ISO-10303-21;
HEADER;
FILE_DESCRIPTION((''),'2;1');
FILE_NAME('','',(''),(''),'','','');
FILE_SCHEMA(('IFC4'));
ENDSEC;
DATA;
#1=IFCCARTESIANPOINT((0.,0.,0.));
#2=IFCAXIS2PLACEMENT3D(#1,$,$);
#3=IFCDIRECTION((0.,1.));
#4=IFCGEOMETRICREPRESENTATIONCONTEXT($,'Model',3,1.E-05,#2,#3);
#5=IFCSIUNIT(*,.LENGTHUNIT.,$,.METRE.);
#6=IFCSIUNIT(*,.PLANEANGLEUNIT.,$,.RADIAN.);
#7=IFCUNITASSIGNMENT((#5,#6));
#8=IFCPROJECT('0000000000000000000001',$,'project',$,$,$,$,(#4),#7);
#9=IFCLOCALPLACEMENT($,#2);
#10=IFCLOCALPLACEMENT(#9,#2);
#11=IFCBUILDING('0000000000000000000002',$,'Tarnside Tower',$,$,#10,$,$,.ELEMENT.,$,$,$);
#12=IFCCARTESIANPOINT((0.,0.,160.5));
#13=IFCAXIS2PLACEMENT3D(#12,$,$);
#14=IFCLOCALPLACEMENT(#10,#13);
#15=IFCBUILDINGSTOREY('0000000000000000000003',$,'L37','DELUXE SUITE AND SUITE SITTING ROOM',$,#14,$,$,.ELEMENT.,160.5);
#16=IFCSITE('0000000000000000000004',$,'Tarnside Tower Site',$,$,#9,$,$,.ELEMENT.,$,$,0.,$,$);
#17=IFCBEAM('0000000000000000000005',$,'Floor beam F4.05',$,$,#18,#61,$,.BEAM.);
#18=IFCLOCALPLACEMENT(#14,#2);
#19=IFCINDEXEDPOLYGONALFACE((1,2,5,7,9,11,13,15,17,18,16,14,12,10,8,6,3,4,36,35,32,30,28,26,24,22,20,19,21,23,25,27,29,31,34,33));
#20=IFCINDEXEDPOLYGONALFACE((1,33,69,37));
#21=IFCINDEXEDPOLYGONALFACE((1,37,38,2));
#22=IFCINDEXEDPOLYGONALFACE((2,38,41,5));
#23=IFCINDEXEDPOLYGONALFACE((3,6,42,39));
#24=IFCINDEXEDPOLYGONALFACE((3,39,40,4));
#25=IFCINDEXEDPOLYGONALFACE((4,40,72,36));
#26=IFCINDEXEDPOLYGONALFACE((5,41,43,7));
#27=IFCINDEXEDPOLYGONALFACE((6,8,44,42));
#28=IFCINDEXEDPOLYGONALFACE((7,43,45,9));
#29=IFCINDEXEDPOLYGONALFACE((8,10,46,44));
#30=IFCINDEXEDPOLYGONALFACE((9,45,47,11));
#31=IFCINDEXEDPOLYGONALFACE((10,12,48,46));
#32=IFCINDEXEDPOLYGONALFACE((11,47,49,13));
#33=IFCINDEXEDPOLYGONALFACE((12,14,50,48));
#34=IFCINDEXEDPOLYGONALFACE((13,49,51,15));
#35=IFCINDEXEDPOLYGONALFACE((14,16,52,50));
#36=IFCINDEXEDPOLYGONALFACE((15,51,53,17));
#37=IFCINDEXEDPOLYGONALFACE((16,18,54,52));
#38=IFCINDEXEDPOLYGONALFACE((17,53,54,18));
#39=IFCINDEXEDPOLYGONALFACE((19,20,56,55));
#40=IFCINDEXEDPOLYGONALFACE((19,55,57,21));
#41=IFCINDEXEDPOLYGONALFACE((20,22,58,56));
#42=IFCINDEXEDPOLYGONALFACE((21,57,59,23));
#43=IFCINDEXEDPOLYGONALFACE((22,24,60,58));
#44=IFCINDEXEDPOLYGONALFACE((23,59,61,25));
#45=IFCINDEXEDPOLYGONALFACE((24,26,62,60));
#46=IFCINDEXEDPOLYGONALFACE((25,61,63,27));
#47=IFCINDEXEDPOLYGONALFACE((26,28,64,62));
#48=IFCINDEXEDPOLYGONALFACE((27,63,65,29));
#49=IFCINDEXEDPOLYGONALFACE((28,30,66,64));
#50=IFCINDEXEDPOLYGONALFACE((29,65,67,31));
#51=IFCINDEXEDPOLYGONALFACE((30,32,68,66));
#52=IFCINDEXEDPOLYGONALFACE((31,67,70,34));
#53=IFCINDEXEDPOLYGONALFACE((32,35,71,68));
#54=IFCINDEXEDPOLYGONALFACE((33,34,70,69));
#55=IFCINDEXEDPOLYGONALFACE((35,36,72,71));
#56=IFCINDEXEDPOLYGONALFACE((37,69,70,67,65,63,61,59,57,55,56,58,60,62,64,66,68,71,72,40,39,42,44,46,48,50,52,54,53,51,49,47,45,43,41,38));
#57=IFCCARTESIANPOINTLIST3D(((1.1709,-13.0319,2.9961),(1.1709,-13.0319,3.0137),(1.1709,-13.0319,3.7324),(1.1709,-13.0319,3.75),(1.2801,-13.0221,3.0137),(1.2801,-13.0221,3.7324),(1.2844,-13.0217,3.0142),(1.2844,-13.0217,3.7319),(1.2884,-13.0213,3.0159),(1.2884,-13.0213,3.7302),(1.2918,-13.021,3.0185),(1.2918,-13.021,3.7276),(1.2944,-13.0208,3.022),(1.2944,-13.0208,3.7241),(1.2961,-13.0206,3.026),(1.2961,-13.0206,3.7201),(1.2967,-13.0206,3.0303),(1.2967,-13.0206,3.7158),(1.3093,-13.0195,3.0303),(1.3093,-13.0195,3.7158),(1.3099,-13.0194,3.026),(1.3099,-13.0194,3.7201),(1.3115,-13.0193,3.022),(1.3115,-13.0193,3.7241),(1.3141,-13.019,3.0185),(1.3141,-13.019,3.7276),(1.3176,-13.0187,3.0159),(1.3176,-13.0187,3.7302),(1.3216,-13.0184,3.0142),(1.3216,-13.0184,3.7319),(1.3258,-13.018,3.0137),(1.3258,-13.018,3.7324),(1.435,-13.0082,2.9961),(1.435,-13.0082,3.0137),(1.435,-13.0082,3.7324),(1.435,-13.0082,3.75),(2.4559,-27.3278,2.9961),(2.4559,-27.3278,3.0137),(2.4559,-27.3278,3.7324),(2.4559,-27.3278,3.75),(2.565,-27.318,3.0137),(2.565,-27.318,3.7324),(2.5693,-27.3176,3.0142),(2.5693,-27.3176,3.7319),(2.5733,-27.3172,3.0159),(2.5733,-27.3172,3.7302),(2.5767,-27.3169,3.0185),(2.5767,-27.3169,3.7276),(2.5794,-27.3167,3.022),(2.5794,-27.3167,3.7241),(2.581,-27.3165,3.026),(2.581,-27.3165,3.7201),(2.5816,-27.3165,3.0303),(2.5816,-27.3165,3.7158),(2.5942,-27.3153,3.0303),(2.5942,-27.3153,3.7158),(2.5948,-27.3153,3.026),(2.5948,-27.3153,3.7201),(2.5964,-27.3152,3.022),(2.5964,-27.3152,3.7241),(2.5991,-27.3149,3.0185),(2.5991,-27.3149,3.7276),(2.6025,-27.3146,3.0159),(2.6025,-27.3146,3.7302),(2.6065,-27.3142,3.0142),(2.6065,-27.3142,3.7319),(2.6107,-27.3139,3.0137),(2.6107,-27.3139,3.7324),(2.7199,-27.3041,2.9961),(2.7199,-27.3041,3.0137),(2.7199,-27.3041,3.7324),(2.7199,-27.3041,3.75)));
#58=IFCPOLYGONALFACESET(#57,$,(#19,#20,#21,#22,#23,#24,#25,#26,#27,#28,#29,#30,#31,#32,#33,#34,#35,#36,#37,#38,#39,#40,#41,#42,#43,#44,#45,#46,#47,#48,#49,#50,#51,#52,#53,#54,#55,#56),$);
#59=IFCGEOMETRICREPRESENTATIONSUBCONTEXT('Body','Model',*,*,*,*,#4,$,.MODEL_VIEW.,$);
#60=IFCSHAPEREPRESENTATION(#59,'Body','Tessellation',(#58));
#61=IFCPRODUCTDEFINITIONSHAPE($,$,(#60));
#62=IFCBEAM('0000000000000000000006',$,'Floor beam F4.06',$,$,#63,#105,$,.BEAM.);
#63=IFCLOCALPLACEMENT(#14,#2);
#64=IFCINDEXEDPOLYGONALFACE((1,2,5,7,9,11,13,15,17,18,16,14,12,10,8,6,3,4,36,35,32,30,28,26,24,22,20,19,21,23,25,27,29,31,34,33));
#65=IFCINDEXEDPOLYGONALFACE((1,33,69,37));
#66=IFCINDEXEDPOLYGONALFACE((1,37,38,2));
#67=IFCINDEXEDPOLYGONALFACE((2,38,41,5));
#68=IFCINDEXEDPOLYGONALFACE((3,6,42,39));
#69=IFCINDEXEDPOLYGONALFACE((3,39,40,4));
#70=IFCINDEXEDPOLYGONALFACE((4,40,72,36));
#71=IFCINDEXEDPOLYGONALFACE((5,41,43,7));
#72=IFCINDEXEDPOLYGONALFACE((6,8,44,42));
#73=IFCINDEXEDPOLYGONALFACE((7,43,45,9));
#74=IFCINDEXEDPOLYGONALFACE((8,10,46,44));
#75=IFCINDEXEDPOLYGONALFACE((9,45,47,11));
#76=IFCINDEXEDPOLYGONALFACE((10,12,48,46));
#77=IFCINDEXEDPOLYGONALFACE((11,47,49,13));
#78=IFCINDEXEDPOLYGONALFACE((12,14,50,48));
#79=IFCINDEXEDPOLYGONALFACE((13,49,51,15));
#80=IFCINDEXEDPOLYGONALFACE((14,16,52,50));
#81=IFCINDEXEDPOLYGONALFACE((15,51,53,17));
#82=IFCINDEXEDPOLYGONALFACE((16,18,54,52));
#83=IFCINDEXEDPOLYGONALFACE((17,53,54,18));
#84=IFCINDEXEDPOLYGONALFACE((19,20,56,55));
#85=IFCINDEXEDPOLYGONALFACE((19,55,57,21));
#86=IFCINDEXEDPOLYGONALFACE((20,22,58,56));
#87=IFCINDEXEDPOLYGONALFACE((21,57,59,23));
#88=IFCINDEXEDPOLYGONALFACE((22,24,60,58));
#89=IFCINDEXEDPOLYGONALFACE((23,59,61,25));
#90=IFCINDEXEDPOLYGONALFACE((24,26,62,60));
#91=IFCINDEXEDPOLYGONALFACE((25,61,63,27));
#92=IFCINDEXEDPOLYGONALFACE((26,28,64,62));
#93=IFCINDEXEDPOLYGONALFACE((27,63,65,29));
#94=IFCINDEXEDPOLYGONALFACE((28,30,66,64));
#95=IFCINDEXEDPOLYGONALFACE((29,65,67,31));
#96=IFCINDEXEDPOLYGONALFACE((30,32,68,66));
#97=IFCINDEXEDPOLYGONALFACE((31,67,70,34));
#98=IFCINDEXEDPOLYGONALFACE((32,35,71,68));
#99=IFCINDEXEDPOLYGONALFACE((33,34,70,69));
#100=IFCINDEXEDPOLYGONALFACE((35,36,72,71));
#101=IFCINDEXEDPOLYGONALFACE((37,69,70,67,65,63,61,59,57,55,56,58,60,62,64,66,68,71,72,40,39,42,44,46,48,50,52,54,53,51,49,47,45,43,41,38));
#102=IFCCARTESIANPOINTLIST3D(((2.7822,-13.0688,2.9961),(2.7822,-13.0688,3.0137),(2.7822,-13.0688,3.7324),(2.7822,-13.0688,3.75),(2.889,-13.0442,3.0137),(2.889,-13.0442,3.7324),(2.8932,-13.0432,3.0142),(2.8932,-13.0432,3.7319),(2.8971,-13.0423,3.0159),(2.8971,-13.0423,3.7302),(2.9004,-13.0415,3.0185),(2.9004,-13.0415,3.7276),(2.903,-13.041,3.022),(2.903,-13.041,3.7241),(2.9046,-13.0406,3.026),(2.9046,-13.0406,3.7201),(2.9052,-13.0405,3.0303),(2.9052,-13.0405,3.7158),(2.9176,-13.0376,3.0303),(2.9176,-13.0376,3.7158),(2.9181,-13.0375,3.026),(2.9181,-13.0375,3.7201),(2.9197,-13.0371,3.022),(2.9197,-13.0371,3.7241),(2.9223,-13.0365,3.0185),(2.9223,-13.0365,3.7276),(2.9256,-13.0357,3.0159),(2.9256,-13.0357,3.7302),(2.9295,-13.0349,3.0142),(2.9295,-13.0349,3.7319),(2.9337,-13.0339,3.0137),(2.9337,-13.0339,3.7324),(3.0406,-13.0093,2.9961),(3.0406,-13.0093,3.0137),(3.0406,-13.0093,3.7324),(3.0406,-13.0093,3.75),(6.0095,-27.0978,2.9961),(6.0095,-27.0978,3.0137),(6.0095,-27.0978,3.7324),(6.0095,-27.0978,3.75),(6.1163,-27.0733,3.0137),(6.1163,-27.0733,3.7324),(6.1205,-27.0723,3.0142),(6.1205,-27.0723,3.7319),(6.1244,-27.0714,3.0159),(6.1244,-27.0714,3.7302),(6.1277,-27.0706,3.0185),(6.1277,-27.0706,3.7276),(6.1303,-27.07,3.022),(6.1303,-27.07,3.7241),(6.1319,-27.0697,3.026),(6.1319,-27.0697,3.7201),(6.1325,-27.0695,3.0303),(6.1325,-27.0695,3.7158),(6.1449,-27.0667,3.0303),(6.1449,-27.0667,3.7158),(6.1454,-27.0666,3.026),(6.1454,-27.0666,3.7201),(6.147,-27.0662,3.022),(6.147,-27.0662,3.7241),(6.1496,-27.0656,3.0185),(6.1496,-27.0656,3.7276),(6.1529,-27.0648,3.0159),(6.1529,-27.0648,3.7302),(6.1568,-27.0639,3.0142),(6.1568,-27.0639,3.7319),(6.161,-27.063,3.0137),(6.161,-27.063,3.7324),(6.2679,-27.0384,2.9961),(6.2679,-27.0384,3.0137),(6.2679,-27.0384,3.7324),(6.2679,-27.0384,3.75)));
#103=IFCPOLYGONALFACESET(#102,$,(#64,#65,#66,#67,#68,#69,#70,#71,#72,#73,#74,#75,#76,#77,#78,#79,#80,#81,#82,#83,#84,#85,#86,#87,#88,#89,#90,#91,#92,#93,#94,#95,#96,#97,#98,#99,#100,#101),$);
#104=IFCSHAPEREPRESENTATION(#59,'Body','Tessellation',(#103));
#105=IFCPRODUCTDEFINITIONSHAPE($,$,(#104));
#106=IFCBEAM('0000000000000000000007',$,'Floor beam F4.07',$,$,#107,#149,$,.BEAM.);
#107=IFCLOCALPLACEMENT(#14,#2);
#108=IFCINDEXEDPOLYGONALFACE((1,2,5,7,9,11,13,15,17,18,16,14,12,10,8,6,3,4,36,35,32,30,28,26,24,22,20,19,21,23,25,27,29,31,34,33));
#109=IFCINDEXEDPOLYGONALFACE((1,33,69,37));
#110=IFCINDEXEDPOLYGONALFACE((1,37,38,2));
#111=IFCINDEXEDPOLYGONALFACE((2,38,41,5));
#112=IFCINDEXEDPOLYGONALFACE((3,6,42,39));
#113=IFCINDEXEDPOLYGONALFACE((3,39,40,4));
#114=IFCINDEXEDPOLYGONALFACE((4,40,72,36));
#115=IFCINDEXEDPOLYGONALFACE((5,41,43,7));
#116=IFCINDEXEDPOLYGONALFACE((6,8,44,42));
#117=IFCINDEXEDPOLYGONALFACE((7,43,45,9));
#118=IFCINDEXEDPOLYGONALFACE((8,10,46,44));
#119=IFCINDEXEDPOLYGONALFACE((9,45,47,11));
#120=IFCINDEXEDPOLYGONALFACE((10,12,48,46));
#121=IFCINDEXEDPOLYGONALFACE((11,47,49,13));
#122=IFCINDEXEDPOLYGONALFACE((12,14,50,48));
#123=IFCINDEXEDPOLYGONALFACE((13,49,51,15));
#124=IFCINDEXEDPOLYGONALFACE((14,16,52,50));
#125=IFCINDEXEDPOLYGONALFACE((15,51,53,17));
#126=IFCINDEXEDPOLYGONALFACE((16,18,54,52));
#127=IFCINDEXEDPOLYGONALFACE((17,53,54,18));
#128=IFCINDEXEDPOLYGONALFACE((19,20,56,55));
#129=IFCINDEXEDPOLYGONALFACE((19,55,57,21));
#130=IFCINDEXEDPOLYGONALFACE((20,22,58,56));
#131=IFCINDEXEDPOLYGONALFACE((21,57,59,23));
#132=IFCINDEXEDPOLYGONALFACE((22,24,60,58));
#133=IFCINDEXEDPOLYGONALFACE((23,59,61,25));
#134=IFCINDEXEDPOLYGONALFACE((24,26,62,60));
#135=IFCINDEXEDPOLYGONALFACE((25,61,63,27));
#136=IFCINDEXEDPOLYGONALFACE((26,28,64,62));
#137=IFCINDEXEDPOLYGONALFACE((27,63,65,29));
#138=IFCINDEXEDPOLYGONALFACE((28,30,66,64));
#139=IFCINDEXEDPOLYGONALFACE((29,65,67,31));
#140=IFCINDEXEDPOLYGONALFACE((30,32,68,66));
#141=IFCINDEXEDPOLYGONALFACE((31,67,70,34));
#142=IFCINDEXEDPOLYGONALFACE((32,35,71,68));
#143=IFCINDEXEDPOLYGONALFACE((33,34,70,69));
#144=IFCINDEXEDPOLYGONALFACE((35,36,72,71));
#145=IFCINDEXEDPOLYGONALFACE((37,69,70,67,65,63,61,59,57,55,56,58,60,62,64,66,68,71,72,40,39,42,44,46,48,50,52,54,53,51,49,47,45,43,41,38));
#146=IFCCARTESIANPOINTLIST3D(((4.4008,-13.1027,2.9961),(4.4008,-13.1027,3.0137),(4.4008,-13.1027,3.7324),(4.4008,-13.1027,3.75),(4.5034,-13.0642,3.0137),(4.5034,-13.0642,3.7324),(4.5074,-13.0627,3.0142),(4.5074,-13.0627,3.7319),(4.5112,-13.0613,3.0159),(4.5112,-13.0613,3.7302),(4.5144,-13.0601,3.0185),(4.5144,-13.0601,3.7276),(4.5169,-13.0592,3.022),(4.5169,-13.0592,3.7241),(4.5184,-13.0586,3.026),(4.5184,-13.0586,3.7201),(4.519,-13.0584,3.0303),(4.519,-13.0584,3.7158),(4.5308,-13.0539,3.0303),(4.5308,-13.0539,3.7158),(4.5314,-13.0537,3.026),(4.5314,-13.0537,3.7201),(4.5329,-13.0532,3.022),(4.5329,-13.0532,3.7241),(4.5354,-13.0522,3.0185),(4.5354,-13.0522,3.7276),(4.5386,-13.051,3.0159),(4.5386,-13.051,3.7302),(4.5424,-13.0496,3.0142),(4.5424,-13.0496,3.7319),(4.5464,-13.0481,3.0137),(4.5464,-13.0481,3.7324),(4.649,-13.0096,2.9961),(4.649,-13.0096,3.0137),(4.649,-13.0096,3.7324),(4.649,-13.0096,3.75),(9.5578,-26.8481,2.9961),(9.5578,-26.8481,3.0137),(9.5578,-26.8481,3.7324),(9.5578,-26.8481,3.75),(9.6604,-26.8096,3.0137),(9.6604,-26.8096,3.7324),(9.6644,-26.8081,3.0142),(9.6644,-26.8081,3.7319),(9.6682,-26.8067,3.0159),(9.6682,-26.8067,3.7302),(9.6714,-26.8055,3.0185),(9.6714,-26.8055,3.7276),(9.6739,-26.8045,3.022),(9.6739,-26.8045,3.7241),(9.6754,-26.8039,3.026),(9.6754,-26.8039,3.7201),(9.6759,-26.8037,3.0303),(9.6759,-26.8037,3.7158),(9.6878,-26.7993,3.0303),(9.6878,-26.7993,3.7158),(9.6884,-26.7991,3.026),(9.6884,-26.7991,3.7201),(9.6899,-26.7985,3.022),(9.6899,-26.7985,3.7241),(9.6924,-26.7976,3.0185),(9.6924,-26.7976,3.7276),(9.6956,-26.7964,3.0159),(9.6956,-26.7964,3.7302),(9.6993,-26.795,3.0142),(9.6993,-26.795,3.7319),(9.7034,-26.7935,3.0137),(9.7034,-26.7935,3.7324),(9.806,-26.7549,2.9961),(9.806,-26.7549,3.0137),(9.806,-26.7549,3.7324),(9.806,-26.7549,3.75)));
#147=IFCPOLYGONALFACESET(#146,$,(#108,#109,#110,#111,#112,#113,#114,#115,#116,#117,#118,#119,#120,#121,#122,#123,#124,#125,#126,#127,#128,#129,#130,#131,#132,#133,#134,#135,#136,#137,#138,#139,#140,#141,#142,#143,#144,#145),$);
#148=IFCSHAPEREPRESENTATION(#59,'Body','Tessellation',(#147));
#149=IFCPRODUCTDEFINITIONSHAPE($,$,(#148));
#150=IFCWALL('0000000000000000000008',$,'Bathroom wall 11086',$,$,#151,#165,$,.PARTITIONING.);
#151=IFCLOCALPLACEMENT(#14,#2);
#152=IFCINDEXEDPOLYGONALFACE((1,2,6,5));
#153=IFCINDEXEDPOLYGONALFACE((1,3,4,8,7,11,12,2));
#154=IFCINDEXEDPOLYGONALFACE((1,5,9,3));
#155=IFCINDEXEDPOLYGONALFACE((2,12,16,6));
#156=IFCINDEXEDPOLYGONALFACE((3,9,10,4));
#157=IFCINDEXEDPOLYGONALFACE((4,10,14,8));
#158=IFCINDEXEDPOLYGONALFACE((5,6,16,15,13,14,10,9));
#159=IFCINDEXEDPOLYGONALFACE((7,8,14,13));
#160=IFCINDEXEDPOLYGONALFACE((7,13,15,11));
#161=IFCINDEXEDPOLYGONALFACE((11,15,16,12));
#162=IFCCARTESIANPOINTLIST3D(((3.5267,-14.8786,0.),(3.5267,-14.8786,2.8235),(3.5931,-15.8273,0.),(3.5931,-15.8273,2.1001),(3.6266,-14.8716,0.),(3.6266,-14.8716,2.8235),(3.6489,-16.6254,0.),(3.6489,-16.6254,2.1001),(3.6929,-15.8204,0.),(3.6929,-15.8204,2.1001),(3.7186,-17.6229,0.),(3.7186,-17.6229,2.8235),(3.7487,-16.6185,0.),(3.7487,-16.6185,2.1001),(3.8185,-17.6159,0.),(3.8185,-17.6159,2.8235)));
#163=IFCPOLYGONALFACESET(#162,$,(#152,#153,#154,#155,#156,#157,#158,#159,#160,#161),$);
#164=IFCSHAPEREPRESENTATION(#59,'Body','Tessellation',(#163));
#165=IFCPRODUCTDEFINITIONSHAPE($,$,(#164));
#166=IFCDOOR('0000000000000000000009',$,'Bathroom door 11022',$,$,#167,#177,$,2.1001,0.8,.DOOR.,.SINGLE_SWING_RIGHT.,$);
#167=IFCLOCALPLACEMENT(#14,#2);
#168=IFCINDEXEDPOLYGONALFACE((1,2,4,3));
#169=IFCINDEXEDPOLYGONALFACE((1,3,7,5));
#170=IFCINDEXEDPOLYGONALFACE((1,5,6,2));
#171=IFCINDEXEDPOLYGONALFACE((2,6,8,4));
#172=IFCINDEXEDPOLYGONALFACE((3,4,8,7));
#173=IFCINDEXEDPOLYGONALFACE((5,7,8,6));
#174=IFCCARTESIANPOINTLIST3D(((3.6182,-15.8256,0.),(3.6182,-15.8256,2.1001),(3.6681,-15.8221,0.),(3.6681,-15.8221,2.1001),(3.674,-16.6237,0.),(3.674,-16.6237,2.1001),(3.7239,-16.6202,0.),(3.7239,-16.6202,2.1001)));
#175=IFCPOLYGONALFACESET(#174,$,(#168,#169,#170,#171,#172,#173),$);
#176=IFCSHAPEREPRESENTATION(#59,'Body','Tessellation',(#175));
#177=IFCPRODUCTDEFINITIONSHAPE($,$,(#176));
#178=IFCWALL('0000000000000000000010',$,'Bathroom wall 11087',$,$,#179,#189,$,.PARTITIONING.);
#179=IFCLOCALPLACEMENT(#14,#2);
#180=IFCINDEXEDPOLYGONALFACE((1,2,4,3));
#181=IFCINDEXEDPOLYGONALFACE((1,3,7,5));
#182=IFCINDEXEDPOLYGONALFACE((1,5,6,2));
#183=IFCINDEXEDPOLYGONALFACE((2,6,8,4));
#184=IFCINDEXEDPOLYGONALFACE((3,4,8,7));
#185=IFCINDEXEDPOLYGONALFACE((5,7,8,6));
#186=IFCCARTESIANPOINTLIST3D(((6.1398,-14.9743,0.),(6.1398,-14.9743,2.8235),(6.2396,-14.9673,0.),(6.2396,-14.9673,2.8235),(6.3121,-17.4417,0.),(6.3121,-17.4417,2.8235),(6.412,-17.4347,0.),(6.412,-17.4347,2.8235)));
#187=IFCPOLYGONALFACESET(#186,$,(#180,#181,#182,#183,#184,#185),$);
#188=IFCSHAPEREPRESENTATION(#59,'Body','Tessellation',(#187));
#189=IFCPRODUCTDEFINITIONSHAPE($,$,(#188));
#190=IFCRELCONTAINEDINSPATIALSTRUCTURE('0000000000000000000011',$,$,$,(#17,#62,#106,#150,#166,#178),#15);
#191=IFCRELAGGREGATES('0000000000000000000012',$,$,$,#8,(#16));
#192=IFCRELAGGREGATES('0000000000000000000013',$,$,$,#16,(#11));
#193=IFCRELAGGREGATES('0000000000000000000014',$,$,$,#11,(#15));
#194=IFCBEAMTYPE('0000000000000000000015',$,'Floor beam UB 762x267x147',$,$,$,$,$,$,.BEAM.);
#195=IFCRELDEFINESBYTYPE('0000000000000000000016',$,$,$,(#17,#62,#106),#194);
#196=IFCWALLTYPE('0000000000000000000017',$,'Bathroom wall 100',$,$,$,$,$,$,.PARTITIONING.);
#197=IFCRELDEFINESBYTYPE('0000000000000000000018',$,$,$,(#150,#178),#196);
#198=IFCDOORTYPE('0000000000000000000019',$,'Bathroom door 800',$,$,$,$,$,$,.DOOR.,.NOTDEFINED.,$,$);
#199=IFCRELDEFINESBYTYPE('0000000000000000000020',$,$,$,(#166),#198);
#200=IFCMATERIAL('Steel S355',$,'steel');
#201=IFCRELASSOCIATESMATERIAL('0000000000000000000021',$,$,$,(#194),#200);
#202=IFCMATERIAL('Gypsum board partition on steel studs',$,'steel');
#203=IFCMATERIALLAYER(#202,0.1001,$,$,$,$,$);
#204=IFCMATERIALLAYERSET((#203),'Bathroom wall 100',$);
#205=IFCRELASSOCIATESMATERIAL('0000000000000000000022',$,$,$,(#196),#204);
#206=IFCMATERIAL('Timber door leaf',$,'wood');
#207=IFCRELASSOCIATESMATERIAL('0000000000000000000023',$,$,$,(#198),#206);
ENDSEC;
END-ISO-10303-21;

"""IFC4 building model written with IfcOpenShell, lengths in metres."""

from ifc_helpers import new_model, si_unit, direction, frame, frame_2d, origin, origin_2d, place, context, subcontext, project, spatial, rectangle, i_section, extrude, material, layer, layer_set, material_profile, profile_set, type_object, element, fill, save


model = new_model("IFC4")

# Units and contexts
model_context = context("Model", 3, precision=1e-05, world=origin(), true_north=direction((0.0, 1.0)))
body_context = subcontext(model_context, "Body", "Model", "MODEL_VIEW")
ifc_project = project(units=[si_unit("LENGTHUNIT", "METRE"), si_unit("PLANEANGLEUNIT", "RADIAN")], contexts=[model_context])

# Site, building, storey
site_placement = place(None, origin())
site = spatial("IfcSite", under=ifc_project, at=site_placement, Name="Tarnside Tower Site", CompositionType="ELEMENT", RefElevation=0.0)
building_placement = place(site_placement, origin())
building = spatial("IfcBuilding", under=site, at=building_placement, Name="Tarnside Tower", CompositionType="ELEMENT")
storey_placement = place(building_placement, frame((0.0, 0.0, 160.5)))
storey = spatial("IfcBuildingStorey", under=building, at=storey_placement, Name="L37", Description="DELUXE SUITE AND SUITE SITTING ROOM", CompositionType="ELEMENT", Elevation=160.5)

# Beams
ifc_material_1 = material(Name="Steel S355", Category="steel")
ifc_material_profile = material_profile(ifc_material_1, i_section(OverallWidth=0.2651, OverallDepth=0.7539, WebThickness=0.0127, FlangeThickness=0.0176, FilletRadius=0.0166, at=origin_2d()), Name="UB 762x267x147")
ifc_profile_set = profile_set([ifc_material_profile], Name="Steel S355")
beam_type = type_object("IfcBeamType", Name="Floor beam UB 762x267x147", PredefinedType="BEAM", material=ifc_profile_set)
beam_1_placement = place(storey_placement, frame((2.5879, -27.3159, 3.373), z_axis=(-0.089519, 0.995985, 0.0), x_axis=(-0.995985, -0.089519, 0.0)))
element("IfcBeam", 1, at=beam_1_placement, inside=storey, type_object=beam_type, Name="Floor beam F4.05", PredefinedType="BEAM", context=body_context, shape_type="SweptSolid", body=[
    extrude(i_section(OverallWidth=0.2651, OverallDepth=0.7539, WebThickness=0.0127, FlangeThickness=0.0176, FilletRadius=0.0166, at=origin_2d()), origin(), (0.0, 0.0, 1.0), 14.3535),
])
beam_2_placement = place(storey_placement, frame((6.1387, -27.0681, 3.373), z_axis=(-0.224188, 0.974546, 0.0), x_axis=(-0.974546, -0.224188, 0.0)))
element("IfcBeam", 2, at=beam_2_placement, inside=storey, type_object=beam_type, Name="Floor beam F4.06", PredefinedType="BEAM", context=body_context, shape_type="SweptSolid", body=[
    extrude(i_section(OverallWidth=0.2651, OverallDepth=0.7539, WebThickness=0.0127, FlangeThickness=0.0176, FilletRadius=0.0166, at=origin_2d()), origin(), (0.0, 0.0, 1.0), 14.3955),
])
beam_3_placement = place(storey_placement, frame((9.6819, -26.8015, 3.373), z_axis=(-0.351271, 0.936274, 0.0), x_axis=(-0.936274, -0.351271, 0.0)))
element("IfcBeam", 3, at=beam_3_placement, inside=storey, type_object=beam_type, Name="Floor beam F4.07", PredefinedType="BEAM", context=body_context, shape_type="SweptSolid", body=[
    extrude(i_section(OverallWidth=0.2651, OverallDepth=0.7539, WebThickness=0.0127, FlangeThickness=0.0176, FilletRadius=0.0166, at=origin_2d()), origin(), (0.0, 0.0, 1.0), 14.6809),
])

# Wall, opening, door
ifc_material_2 = material(Name="Gypsum board partition on steel studs", Category="steel")
ifc_layer_1 = layer(ifc_material_2, 0.1001)
ifc_layer_set_1 = layer_set([ifc_layer_1], Name="Bathroom wall 100")
wall_type_1 = type_object("IfcWallType", Name="Bathroom wall 100", PredefinedType="PARTITIONING", material=ifc_layer_set_1)
wall_1_placement = place(storey_placement, frame((3.7686, -17.6194, 0.0), z_axis=(0.0, 0.0, 1.0), x_axis=(-0.069752, 0.997564, 0.0)))
wall_1 = element("IfcWall", 4, at=wall_1_placement, inside=storey, type_object=wall_type_1, Name="Bathroom wall 11086", PredefinedType="PARTITIONING", context=body_context, shape_type="SweptSolid", body=[
    extrude(rectangle(XDim=2.751, YDim=0.1001, at=frame_2d((1.3755, 0.0))), origin(), (0.0, 0.0, 1.0), 2.8235),
])
opening_1_placement = place(wall_1_placement, frame((1.0, 0.0, 0.0)))
opening_1 = element("IfcOpeningElement", 5, at=opening_1_placement, cuts=wall_1, PredefinedType="OPENING", context=body_context, shape_type="SweptSolid", body=[
    extrude(rectangle(XDim=0.8, YDim=2.1001, at=frame_2d((0.3999, 1.05))), frame((0.0, 0.0601, 0.0), z_axis=(0.0, -1.0, 0.0), x_axis=(1.0, 0.0, 0.0)), (0.0, 0.0, 1.0), 0.1201),
])
ifc_material_3 = material(Name="Timber door leaf", Category="wood")
door_type_1 = type_object("IfcDoorType", Name="Bathroom door 800", OperationType="NOTDEFINED", PredefinedType="DOOR", material=ifc_material_3)
door_1_placement = place(opening_1_placement, origin())
door_1 = element("IfcDoor", 6, at=door_1_placement, inside=storey, type_object=door_type_1, Name="Bathroom door 11022", OperationType="SINGLE_SWING_RIGHT", OverallHeight=2.1001, OverallWidth=0.8, PredefinedType="DOOR", context=body_context, shape_type="SweptSolid", body=[
    extrude(rectangle(XDim=0.8, YDim=2.1001, at=frame_2d((0.3999, 1.05))), frame((0.0, 0.0249, 0.0), z_axis=(0.0, -1.0, 0.0), x_axis=(1.0, 0.0, 0.0)), (0.0, 0.0, 1.0), 0.05),
])
fill(opening_1, door_1)

# Wall
wall_2_placement = place(storey_placement, frame((6.1897, -14.9707, 0.0), z_axis=(0.0, 0.0, 1.0), x_axis=(0.06969, -0.997569, 0.0)))
element("IfcWall", 7, at=wall_2_placement, inside=storey, type_object=wall_type_1, Name="Bathroom wall 11087", PredefinedType="PARTITIONING", context=body_context, shape_type="SweptSolid", body=[
    extrude(rectangle(XDim=2.4734, YDim=0.1001, at=frame_2d((1.2368, 0.0))), origin(), (0.0, 0.0, 1.0), 2.8235),
])

save(model, "model.ifc")
